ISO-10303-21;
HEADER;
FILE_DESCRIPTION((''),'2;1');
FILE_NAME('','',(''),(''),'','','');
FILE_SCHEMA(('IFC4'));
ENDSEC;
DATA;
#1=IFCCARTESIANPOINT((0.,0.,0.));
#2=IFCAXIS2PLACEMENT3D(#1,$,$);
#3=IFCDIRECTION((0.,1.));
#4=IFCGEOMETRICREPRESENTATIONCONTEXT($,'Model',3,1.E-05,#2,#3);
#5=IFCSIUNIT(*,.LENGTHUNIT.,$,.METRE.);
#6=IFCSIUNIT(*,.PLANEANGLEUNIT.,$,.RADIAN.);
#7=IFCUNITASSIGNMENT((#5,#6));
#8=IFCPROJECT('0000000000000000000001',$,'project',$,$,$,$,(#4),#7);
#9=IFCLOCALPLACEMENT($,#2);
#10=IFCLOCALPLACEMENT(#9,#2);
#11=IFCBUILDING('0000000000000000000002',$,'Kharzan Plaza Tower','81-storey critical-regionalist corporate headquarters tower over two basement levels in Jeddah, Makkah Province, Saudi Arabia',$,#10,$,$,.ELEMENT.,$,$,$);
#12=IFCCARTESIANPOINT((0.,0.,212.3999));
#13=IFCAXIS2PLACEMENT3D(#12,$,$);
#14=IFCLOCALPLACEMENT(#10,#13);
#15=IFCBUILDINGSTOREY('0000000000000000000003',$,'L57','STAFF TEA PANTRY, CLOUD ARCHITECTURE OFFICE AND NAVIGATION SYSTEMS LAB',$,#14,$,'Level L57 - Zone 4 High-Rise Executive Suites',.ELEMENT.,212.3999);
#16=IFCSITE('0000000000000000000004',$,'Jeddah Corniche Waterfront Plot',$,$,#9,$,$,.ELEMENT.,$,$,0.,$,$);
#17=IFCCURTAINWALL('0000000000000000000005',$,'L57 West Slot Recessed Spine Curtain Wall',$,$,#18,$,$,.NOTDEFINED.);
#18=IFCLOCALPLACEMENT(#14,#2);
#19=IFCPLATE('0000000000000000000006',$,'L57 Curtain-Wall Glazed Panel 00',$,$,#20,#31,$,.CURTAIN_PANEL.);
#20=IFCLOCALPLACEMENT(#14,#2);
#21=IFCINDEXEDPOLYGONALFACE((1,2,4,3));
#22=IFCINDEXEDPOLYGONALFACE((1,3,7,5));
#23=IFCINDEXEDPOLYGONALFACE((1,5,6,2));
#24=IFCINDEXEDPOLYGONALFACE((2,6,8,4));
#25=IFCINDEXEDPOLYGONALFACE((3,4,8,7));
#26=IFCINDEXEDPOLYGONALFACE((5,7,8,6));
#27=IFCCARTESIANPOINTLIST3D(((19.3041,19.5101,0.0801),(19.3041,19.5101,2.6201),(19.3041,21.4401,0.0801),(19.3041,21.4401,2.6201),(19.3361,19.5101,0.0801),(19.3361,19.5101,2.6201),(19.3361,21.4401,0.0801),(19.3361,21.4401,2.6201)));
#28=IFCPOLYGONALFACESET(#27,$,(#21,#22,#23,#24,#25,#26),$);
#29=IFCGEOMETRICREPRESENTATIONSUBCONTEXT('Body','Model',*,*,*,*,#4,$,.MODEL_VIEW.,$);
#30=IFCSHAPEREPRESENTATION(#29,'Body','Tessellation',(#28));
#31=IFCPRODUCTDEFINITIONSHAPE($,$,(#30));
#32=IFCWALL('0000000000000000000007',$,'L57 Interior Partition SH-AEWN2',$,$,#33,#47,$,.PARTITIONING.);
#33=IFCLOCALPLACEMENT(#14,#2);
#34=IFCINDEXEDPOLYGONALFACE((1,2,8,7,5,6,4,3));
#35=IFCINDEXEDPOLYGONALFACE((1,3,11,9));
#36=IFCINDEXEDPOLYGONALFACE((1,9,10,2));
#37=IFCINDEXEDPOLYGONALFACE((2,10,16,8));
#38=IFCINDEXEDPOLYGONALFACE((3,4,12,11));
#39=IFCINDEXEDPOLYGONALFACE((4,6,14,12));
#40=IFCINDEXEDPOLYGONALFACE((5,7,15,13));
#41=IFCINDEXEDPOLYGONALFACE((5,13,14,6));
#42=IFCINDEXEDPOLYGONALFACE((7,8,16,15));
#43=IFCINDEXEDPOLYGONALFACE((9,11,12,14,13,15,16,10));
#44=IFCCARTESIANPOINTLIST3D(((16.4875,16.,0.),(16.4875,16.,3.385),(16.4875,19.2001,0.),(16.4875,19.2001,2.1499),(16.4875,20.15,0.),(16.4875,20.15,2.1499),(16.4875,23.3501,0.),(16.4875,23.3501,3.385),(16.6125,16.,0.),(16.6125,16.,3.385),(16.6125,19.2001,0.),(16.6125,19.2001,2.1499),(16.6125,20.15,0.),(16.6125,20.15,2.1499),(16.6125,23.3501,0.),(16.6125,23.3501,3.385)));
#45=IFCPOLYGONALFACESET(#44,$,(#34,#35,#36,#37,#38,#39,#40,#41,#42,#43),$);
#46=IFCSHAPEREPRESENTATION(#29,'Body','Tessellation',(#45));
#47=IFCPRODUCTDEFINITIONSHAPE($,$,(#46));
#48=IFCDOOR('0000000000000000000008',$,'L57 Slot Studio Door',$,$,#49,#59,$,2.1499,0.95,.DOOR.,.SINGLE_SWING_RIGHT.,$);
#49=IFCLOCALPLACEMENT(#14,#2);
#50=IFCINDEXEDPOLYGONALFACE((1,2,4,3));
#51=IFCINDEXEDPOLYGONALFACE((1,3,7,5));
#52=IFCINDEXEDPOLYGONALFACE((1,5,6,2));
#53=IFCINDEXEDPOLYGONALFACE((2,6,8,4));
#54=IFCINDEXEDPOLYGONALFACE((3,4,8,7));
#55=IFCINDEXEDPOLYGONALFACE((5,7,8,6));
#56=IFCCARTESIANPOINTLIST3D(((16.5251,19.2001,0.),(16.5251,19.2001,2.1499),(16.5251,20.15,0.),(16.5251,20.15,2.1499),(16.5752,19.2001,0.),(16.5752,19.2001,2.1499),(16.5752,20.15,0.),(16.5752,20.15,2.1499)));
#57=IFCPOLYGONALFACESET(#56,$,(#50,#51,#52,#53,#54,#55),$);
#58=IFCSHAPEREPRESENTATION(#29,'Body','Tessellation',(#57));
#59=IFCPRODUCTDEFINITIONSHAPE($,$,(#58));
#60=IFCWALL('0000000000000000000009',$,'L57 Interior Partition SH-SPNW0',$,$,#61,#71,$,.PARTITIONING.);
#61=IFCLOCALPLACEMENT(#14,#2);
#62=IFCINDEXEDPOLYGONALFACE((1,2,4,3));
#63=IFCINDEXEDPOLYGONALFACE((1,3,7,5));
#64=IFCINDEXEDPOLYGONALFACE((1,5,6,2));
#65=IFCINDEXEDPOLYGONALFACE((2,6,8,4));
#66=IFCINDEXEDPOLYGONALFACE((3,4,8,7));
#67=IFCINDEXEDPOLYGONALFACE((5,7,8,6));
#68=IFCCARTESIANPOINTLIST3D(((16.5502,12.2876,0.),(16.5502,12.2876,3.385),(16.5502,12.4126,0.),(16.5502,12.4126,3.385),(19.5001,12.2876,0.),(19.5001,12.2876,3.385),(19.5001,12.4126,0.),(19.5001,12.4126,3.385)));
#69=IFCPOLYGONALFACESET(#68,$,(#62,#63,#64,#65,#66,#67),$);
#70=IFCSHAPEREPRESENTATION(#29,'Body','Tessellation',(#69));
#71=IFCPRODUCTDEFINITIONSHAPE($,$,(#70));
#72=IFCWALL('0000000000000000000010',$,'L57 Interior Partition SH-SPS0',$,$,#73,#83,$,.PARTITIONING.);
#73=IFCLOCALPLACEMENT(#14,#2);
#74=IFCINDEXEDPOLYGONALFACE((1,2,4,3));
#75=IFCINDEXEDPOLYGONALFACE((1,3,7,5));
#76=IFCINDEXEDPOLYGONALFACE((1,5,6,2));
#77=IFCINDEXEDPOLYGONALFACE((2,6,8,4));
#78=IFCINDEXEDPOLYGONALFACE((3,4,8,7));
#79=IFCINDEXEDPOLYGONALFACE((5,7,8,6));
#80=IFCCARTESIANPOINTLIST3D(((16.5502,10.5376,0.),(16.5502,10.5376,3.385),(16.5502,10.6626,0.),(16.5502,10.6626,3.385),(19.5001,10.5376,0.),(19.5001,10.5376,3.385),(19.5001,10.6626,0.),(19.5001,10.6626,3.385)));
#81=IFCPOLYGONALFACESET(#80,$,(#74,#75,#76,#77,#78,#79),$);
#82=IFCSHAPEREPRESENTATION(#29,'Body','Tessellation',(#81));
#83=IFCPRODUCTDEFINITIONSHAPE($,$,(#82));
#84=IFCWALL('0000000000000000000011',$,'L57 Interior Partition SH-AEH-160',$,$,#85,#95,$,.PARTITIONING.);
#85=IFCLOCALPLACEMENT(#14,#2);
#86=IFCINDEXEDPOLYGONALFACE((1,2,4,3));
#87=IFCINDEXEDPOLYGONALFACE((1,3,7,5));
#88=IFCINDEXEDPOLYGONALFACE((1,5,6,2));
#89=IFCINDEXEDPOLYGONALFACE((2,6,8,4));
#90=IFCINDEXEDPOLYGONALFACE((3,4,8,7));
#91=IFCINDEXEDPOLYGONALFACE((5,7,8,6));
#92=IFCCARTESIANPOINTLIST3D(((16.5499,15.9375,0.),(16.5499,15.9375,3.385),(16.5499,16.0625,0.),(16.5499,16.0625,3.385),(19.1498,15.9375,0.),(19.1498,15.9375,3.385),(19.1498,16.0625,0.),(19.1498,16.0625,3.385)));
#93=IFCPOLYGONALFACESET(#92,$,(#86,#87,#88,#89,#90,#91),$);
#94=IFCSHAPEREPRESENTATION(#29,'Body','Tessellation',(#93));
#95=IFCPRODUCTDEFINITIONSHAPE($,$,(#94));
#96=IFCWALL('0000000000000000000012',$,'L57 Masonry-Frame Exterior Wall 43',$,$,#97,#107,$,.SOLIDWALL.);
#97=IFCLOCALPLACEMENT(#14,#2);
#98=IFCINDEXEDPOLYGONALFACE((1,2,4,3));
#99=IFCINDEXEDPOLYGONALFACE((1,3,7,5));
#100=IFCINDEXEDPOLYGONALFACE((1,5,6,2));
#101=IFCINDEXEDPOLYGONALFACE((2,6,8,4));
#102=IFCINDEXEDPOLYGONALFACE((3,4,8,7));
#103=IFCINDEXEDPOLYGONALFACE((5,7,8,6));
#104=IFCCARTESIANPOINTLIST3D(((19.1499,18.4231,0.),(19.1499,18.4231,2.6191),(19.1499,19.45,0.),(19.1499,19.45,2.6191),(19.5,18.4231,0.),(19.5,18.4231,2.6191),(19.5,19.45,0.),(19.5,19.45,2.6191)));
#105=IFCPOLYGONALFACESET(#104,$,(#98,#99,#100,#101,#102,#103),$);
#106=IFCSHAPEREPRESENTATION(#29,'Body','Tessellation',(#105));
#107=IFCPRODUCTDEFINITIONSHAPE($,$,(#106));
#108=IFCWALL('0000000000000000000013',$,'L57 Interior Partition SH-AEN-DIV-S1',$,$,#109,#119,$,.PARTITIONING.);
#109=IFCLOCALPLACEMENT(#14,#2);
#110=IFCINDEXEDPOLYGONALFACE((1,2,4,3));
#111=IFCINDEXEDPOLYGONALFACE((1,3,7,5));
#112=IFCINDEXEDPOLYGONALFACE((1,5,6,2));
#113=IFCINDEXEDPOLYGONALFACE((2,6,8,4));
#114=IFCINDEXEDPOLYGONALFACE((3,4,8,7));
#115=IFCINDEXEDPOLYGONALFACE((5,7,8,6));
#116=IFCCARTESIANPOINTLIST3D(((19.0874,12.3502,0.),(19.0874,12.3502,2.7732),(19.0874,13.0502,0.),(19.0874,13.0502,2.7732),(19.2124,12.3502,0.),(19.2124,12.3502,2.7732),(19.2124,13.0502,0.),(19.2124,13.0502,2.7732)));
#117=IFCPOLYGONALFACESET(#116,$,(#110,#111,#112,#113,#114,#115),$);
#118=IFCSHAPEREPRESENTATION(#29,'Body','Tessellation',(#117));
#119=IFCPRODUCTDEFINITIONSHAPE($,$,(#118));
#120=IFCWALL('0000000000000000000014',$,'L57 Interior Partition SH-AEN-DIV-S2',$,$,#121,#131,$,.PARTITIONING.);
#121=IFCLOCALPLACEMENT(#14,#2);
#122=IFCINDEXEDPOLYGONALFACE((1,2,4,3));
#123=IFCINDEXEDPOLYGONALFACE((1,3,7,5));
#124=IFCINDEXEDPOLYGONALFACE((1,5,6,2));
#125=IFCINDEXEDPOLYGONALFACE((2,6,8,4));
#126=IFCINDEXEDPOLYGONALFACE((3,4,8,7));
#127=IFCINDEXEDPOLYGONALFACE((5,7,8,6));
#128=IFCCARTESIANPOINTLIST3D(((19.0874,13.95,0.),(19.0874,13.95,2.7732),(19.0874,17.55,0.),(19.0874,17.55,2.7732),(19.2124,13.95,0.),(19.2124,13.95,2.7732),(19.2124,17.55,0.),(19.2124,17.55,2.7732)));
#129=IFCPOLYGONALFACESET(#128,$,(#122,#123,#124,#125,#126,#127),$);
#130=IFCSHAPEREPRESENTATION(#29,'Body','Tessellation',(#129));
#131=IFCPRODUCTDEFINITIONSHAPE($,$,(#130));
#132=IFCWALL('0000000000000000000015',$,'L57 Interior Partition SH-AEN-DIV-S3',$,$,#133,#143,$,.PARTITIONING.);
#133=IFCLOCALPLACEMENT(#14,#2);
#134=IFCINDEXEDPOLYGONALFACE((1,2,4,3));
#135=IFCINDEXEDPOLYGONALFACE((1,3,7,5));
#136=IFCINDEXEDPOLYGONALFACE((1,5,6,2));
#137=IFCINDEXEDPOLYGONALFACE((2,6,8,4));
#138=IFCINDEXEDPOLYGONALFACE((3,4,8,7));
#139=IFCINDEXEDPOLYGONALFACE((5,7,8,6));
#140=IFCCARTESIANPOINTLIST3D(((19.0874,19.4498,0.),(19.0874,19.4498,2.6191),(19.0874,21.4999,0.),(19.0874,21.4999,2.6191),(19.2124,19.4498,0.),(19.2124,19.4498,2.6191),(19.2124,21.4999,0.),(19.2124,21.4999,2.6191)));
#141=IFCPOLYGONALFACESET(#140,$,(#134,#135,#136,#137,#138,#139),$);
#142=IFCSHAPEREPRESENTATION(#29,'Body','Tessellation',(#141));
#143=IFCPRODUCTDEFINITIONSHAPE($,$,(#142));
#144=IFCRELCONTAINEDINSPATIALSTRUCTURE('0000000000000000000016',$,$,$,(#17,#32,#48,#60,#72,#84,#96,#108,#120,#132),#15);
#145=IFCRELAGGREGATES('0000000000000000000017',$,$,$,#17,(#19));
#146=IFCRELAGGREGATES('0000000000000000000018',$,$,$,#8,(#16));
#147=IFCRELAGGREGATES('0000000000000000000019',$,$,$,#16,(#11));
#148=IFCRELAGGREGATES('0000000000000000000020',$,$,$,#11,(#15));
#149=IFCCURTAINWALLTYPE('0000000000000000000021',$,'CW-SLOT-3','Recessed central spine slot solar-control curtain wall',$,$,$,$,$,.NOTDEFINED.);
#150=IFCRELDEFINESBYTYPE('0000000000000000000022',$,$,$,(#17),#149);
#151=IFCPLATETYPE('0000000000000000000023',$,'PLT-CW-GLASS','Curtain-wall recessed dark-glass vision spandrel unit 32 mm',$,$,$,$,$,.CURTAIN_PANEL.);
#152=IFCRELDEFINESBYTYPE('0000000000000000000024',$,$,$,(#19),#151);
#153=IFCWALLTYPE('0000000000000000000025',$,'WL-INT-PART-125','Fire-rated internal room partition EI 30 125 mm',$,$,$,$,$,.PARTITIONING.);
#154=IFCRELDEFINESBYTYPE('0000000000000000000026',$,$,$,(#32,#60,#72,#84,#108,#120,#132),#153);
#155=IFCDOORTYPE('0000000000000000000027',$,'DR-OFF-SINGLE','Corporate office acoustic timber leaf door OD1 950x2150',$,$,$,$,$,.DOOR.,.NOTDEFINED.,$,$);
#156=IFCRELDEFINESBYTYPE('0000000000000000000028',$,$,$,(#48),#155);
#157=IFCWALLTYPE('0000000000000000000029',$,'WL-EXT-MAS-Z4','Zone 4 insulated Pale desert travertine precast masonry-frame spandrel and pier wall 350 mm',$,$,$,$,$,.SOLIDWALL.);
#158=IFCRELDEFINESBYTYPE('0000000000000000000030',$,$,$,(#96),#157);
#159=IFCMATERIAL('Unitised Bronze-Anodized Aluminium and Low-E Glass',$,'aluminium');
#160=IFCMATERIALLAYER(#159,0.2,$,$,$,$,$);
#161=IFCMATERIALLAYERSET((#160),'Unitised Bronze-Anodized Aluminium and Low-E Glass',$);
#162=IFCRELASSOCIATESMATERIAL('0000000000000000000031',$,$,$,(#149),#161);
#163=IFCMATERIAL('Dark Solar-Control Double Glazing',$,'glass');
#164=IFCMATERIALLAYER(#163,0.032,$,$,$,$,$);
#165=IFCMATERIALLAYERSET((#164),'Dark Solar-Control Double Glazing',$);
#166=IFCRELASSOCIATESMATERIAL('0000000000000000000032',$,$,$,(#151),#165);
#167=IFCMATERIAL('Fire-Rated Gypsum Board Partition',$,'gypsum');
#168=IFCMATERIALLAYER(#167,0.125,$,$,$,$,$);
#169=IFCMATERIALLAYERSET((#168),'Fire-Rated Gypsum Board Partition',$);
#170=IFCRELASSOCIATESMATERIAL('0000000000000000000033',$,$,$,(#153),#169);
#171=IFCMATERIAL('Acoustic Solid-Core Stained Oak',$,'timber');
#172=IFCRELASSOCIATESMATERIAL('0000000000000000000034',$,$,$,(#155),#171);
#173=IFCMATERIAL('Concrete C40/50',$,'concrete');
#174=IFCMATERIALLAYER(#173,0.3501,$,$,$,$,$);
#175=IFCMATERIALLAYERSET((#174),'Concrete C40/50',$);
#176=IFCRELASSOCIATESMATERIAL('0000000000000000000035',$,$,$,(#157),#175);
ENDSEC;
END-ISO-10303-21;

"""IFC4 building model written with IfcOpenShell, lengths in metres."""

from ifc_helpers import new_model, si_unit, direction, frame, frame_2d, origin, origin_2d, place, context, subcontext, project, spatial, rectangle, extrude, source, transform, mapped, material, layer, layer_set, type_object, element, fill, aggregate, save


model = new_model("IFC4")

# Units and contexts
model_context = context("Model", 3, precision=1e-05, world=origin(), true_north=direction((0.0, 1.0)))
body_context = subcontext(model_context, "Body", "Model", "MODEL_VIEW")
ifc_project = project(units=[si_unit("LENGTHUNIT", "METRE"), si_unit("PLANEANGLEUNIT", "RADIAN")], contexts=[model_context])

# Site, building, storey
site_placement = place(None, origin())
site = spatial("IfcSite", under=ifc_project, at=site_placement, Name="Jeddah Corniche Waterfront Plot", CompositionType="ELEMENT", RefElevation=0.0)
building_placement = place(site_placement, origin())
building = spatial("IfcBuilding", under=site, at=building_placement, Name="Kharzan Plaza Tower", Description="81-storey critical-regionalist corporate headquarters tower over two basement levels in Jeddah, Makkah Province, Saudi Arabia", CompositionType="ELEMENT")
storey_placement = place(building_placement, frame((0.0, 0.0, 212.3999)))
storey = spatial("IfcBuildingStorey", under=building, at=storey_placement, Name="L57", Description="STAFF TEA PANTRY, CLOUD ARCHITECTURE OFFICE AND NAVIGATION SYSTEMS LAB", LongName="Level L57 - Zone 4 High-Rise Executive Suites", CompositionType="ELEMENT", Elevation=212.3999)

# Curtain wall
ifc_material_1 = material(Name="Unitised Bronze-Anodized Aluminium and Low-E Glass", Category="aluminium")
ifc_layer_1 = layer(ifc_material_1, 0.2)
ifc_layer_set_1 = layer_set([ifc_layer_1], Name="Unitised Bronze-Anodized Aluminium and Low-E Glass")
curtain_wall_type = type_object("IfcCurtainWallType", Name="CW-SLOT-3", Description="Recessed central spine slot solar-control curtain wall", PredefinedType="NOTDEFINED", material=ifc_layer_set_1)
curtain_wall_placement = place(storey_placement, origin())
curtain_wall = element("IfcCurtainWall", 1, at=curtain_wall_placement, inside=storey, type_object=curtain_wall_type, Name="L57 West Slot Recessed Spine Curtain Wall", PredefinedType="NOTDEFINED")

# Plate
ifc_material_2 = material(Name="Dark Solar-Control Double Glazing", Category="glass")
ifc_layer_2 = layer(ifc_material_2, 0.032)
ifc_layer_set_2 = layer_set([ifc_layer_2], Name="Dark Solar-Control Double Glazing")
plate_type = type_object("IfcPlateType", Name="PLT-CW-GLASS", Description="Curtain-wall recessed dark-glass vision spandrel unit 32 mm", PredefinedType="CURTAIN_PANEL", material=ifc_layer_set_2)
shared_shape_1 = source(origin(), body_context, "Body", "SweptSolid", [
    extrude(rectangle(XDim=1.9299, YDim=0.032, at=origin_2d()), origin(), (0.0, 0.0, 1.0), 2.54),
])
plate_placement = place(storey_placement, frame((19.3201, 20.4751, 0.0801), z_axis=(0.0, 0.0, 1.0), x_axis=(0.0, 1.0, 0.0)))
plate = element("IfcPlate", 2, at=plate_placement, type_object=plate_type, Name="L57 Curtain-Wall Glazed Panel 00", PredefinedType="CURTAIN_PANEL", context=body_context, shape_type="MappedRepresentation", body=[
    mapped(shared_shape_1, transform((0.0, 0.0, 0.0), x_axis=(1.0, 0.0, 0.0), y_axis=(0.0, 1.0, 0.0), z_axis=(0.0, 0.0, 1.0))),
])
aggregate(curtain_wall, [plate])

# Wall, opening, door
ifc_material_3 = material(Name="Fire-Rated Gypsum Board Partition", Category="gypsum")
ifc_layer_3 = layer(ifc_material_3, 0.125)
ifc_layer_set_3 = layer_set([ifc_layer_3], Name="Fire-Rated Gypsum Board Partition")
wall_type_1 = type_object("IfcWallType", Name="WL-INT-PART-125", Description="Fire-rated internal room partition EI 30 125 mm", PredefinedType="PARTITIONING", material=ifc_layer_set_3)
ifc_material_4 = material(Name="Acoustic Solid-Core Stained Oak", Category="timber")
door_type = type_object("IfcDoorType", Name="DR-OFF-SINGLE", Description="Corporate office acoustic timber leaf door OD1 950x2150", OperationType="NOTDEFINED", PredefinedType="DOOR", material=ifc_material_4)
shared_shape_2 = source(origin(), body_context, "Body", "SweptSolid", [
    extrude(rectangle(XDim=0.95, YDim=2.1499, at=frame_2d((0.4751, 1.075))), frame((0.0, 0.0249, 0.0), z_axis=(0.0, -1.0, 0.0), x_axis=(1.0, 0.0, 0.0)), (0.0, 0.0, 1.0), 0.05),
])
wall_1_placement = place(storey_placement, frame((16.55, 16.0, 0.0), z_axis=(0.0, 0.0, 1.0), x_axis=(0.0, 1.0, 0.0)))
wall_1 = element("IfcWall", 3, at=wall_1_placement, inside=storey, type_object=wall_type_1, Name="L57 Interior Partition SH-AEWN2", PredefinedType="PARTITIONING", context=body_context, shape_type="SweptSolid", body=[
    extrude(rectangle(XDim=7.3501, YDim=0.125, at=frame_2d((3.675, 0.0))), origin(), (0.0, 0.0, 1.0), 3.385),
])
opening_1_placement = place(wall_1_placement, frame((3.2, 0.0, 0.0)))
opening_1 = element("IfcOpeningElement", 4, at=opening_1_placement, cuts=wall_1, PredefinedType="OPENING", context=body_context, shape_type="SweptSolid", body=[
    extrude(rectangle(XDim=0.95, YDim=2.1499, at=frame_2d((0.4751, 1.075))), frame((0.0, 0.0725, 0.0), z_axis=(0.0, -1.0, 0.0), x_axis=(1.0, 0.0, 0.0)), (0.0, 0.0, 1.0), 0.145),
])
door_1_placement = place(opening_1_placement, origin())
door_1 = element("IfcDoor", 5, at=door_1_placement, inside=storey, type_object=door_type, Name="L57 Slot Studio Door", OperationType="SINGLE_SWING_RIGHT", OverallHeight=2.1499, OverallWidth=0.95, PredefinedType="DOOR", context=body_context, shape_type="MappedRepresentation", body=[
    mapped(shared_shape_2, transform((0.0, 0.0, 0.0), x_axis=(1.0, 0.0, 0.0), y_axis=(0.0, 1.0, 0.0), z_axis=(0.0, 0.0, 1.0))),
])
fill(opening_1, door_1)

# Walls
shared_shape_3 = source(origin(), body_context, "Body", "SweptSolid", [
    extrude(rectangle(XDim=2.95, YDim=0.125, at=frame_2d((1.4751, 0.0))), origin(), (0.0, 0.0, 1.0), 3.385),
])
for number, where, z_axis, x_axis, name in (
    (6, (16.55, 12.3501, 0.0), (0.0, 0.0, 1.0), (1.0, 0.0, 0.0), "L57 Interior Partition SH-SPNW0"),
    (7, (16.55, 10.6001, 0.0), (0.0, 0.0, 1.0), (1.0, 0.0, 0.0), "L57 Interior Partition SH-SPS0"),
):
    element("IfcWall", number, at=place(storey_placement, frame(where, z_axis=z_axis, x_axis=x_axis)), inside=storey, type_object=wall_type_1, Name=name, PredefinedType="PARTITIONING", context=body_context, shape_type="MappedRepresentation", body=[
        mapped(shared_shape_3, transform((0.0, 0.0, 0.0), x_axis=(1.0, 0.0, 0.0), y_axis=(0.0, 1.0, 0.0), z_axis=(0.0, 0.0, 1.0))),
    ])
shared_shape_4 = source(origin(), body_context, "Body", "SweptSolid", [
    extrude(rectangle(XDim=2.5999, YDim=0.125, at=frame_2d((1.2998, 0.0))), origin(), (0.0, 0.0, 1.0), 3.385),
])
wall_2_placement = place(storey_placement, frame((16.55, 16.0, 0.0), z_axis=(0.0, 0.0, 1.0), x_axis=(1.0, 0.0, 0.0)))
element("IfcWall", 8, at=wall_2_placement, inside=storey, type_object=wall_type_1, Name="L57 Interior Partition SH-AEH-160", PredefinedType="PARTITIONING", context=body_context, shape_type="MappedRepresentation", body=[
    mapped(shared_shape_4, transform((0.0, 0.0, 0.0), x_axis=(1.0, 0.0, 0.0), y_axis=(0.0, 1.0, 0.0), z_axis=(0.0, 0.0, 1.0))),
])
ifc_material_5 = material(Name="Concrete C40/50", Category="concrete")
ifc_layer_4 = layer(ifc_material_5, 0.3501)
ifc_layer_set_4 = layer_set([ifc_layer_4], Name="Concrete C40/50")
wall_type_2 = type_object("IfcWallType", Name="WL-EXT-MAS-Z4", Description="Zone 4 insulated Pale desert travertine precast masonry-frame spandrel and pier wall 350 mm", PredefinedType="SOLIDWALL", material=ifc_layer_set_4)
shared_shape_5 = source(origin(), body_context, "Body", "SweptSolid", [
    extrude(rectangle(XDim=1.0269, YDim=0.3501, at=frame_2d((0.5134, 0.0))), origin(), (0.0, 0.0, 1.0), 2.6191),
])
wall_3_placement = place(storey_placement, frame((19.325, 18.4231, 0.0), z_axis=(0.0, 0.0, 1.0), x_axis=(0.0, 1.0, 0.0)))
element("IfcWall", 9, at=wall_3_placement, inside=storey, type_object=wall_type_2, Name="L57 Masonry-Frame Exterior Wall 43", PredefinedType="SOLIDWALL", context=body_context, shape_type="MappedRepresentation", body=[
    mapped(shared_shape_5, transform((0.0, 0.0, 0.0), x_axis=(1.0, 0.0, 0.0), y_axis=(0.0, 1.0, 0.0), z_axis=(0.0, 0.0, 1.0))),
])
shared_shape_6 = source(origin(), body_context, "Body", "SweptSolid", [
    extrude(rectangle(XDim=0.7, YDim=0.125, at=frame_2d((0.3501, 0.0))), origin(), (0.0, 0.0, 1.0), 2.7732),
])
wall_4_placement = place(storey_placement, frame((19.1499, 12.3501, 0.0), z_axis=(0.0, 0.0, 1.0), x_axis=(0.0, 1.0, 0.0)))
element("IfcWall", 10, at=wall_4_placement, inside=storey, type_object=wall_type_1, Name="L57 Interior Partition SH-AEN-DIV-S1", PredefinedType="PARTITIONING", context=body_context, shape_type="MappedRepresentation", body=[
    mapped(shared_shape_6, transform((0.0, 0.0, 0.0), x_axis=(1.0, 0.0, 0.0), y_axis=(0.0, 1.0, 0.0), z_axis=(0.0, 0.0, 1.0))),
])
shared_shape_7 = source(origin(), body_context, "Body", "SweptSolid", [
    extrude(rectangle(XDim=3.6001, YDim=0.125, at=frame_2d((1.8, 0.0))), origin(), (0.0, 0.0, 1.0), 2.7732),
])
wall_5_placement = place(storey_placement, frame((19.1499, 13.95, 0.0), z_axis=(0.0, 0.0, 1.0), x_axis=(0.0, 1.0, 0.0)))
element("IfcWall", 11, at=wall_5_placement, inside=storey, type_object=wall_type_1, Name="L57 Interior Partition SH-AEN-DIV-S2", PredefinedType="PARTITIONING", context=body_context, shape_type="MappedRepresentation", body=[
    mapped(shared_shape_7, transform((0.0, 0.0, 0.0), x_axis=(1.0, 0.0, 0.0), y_axis=(0.0, 1.0, 0.0), z_axis=(0.0, 0.0, 1.0))),
])
shared_shape_8 = source(origin(), body_context, "Body", "SweptSolid", [
    extrude(rectangle(XDim=2.05, YDim=0.125, at=frame_2d((1.0249, 0.0))), origin(), (0.0, 0.0, 1.0), 2.6191),
])
wall_6_placement = place(storey_placement, frame((19.1499, 19.45, 0.0), z_axis=(0.0, 0.0, 1.0), x_axis=(0.0, 1.0, 0.0)))
element("IfcWall", 12, at=wall_6_placement, inside=storey, type_object=wall_type_1, Name="L57 Interior Partition SH-AEN-DIV-S3", PredefinedType="PARTITIONING", context=body_context, shape_type="MappedRepresentation", body=[
    mapped(shared_shape_8, transform((0.0, 0.0, 0.0), x_axis=(1.0, 0.0, 0.0), y_axis=(0.0, 1.0, 0.0), z_axis=(0.0, 0.0, 1.0))),
])

save(model, "model.ifc")
